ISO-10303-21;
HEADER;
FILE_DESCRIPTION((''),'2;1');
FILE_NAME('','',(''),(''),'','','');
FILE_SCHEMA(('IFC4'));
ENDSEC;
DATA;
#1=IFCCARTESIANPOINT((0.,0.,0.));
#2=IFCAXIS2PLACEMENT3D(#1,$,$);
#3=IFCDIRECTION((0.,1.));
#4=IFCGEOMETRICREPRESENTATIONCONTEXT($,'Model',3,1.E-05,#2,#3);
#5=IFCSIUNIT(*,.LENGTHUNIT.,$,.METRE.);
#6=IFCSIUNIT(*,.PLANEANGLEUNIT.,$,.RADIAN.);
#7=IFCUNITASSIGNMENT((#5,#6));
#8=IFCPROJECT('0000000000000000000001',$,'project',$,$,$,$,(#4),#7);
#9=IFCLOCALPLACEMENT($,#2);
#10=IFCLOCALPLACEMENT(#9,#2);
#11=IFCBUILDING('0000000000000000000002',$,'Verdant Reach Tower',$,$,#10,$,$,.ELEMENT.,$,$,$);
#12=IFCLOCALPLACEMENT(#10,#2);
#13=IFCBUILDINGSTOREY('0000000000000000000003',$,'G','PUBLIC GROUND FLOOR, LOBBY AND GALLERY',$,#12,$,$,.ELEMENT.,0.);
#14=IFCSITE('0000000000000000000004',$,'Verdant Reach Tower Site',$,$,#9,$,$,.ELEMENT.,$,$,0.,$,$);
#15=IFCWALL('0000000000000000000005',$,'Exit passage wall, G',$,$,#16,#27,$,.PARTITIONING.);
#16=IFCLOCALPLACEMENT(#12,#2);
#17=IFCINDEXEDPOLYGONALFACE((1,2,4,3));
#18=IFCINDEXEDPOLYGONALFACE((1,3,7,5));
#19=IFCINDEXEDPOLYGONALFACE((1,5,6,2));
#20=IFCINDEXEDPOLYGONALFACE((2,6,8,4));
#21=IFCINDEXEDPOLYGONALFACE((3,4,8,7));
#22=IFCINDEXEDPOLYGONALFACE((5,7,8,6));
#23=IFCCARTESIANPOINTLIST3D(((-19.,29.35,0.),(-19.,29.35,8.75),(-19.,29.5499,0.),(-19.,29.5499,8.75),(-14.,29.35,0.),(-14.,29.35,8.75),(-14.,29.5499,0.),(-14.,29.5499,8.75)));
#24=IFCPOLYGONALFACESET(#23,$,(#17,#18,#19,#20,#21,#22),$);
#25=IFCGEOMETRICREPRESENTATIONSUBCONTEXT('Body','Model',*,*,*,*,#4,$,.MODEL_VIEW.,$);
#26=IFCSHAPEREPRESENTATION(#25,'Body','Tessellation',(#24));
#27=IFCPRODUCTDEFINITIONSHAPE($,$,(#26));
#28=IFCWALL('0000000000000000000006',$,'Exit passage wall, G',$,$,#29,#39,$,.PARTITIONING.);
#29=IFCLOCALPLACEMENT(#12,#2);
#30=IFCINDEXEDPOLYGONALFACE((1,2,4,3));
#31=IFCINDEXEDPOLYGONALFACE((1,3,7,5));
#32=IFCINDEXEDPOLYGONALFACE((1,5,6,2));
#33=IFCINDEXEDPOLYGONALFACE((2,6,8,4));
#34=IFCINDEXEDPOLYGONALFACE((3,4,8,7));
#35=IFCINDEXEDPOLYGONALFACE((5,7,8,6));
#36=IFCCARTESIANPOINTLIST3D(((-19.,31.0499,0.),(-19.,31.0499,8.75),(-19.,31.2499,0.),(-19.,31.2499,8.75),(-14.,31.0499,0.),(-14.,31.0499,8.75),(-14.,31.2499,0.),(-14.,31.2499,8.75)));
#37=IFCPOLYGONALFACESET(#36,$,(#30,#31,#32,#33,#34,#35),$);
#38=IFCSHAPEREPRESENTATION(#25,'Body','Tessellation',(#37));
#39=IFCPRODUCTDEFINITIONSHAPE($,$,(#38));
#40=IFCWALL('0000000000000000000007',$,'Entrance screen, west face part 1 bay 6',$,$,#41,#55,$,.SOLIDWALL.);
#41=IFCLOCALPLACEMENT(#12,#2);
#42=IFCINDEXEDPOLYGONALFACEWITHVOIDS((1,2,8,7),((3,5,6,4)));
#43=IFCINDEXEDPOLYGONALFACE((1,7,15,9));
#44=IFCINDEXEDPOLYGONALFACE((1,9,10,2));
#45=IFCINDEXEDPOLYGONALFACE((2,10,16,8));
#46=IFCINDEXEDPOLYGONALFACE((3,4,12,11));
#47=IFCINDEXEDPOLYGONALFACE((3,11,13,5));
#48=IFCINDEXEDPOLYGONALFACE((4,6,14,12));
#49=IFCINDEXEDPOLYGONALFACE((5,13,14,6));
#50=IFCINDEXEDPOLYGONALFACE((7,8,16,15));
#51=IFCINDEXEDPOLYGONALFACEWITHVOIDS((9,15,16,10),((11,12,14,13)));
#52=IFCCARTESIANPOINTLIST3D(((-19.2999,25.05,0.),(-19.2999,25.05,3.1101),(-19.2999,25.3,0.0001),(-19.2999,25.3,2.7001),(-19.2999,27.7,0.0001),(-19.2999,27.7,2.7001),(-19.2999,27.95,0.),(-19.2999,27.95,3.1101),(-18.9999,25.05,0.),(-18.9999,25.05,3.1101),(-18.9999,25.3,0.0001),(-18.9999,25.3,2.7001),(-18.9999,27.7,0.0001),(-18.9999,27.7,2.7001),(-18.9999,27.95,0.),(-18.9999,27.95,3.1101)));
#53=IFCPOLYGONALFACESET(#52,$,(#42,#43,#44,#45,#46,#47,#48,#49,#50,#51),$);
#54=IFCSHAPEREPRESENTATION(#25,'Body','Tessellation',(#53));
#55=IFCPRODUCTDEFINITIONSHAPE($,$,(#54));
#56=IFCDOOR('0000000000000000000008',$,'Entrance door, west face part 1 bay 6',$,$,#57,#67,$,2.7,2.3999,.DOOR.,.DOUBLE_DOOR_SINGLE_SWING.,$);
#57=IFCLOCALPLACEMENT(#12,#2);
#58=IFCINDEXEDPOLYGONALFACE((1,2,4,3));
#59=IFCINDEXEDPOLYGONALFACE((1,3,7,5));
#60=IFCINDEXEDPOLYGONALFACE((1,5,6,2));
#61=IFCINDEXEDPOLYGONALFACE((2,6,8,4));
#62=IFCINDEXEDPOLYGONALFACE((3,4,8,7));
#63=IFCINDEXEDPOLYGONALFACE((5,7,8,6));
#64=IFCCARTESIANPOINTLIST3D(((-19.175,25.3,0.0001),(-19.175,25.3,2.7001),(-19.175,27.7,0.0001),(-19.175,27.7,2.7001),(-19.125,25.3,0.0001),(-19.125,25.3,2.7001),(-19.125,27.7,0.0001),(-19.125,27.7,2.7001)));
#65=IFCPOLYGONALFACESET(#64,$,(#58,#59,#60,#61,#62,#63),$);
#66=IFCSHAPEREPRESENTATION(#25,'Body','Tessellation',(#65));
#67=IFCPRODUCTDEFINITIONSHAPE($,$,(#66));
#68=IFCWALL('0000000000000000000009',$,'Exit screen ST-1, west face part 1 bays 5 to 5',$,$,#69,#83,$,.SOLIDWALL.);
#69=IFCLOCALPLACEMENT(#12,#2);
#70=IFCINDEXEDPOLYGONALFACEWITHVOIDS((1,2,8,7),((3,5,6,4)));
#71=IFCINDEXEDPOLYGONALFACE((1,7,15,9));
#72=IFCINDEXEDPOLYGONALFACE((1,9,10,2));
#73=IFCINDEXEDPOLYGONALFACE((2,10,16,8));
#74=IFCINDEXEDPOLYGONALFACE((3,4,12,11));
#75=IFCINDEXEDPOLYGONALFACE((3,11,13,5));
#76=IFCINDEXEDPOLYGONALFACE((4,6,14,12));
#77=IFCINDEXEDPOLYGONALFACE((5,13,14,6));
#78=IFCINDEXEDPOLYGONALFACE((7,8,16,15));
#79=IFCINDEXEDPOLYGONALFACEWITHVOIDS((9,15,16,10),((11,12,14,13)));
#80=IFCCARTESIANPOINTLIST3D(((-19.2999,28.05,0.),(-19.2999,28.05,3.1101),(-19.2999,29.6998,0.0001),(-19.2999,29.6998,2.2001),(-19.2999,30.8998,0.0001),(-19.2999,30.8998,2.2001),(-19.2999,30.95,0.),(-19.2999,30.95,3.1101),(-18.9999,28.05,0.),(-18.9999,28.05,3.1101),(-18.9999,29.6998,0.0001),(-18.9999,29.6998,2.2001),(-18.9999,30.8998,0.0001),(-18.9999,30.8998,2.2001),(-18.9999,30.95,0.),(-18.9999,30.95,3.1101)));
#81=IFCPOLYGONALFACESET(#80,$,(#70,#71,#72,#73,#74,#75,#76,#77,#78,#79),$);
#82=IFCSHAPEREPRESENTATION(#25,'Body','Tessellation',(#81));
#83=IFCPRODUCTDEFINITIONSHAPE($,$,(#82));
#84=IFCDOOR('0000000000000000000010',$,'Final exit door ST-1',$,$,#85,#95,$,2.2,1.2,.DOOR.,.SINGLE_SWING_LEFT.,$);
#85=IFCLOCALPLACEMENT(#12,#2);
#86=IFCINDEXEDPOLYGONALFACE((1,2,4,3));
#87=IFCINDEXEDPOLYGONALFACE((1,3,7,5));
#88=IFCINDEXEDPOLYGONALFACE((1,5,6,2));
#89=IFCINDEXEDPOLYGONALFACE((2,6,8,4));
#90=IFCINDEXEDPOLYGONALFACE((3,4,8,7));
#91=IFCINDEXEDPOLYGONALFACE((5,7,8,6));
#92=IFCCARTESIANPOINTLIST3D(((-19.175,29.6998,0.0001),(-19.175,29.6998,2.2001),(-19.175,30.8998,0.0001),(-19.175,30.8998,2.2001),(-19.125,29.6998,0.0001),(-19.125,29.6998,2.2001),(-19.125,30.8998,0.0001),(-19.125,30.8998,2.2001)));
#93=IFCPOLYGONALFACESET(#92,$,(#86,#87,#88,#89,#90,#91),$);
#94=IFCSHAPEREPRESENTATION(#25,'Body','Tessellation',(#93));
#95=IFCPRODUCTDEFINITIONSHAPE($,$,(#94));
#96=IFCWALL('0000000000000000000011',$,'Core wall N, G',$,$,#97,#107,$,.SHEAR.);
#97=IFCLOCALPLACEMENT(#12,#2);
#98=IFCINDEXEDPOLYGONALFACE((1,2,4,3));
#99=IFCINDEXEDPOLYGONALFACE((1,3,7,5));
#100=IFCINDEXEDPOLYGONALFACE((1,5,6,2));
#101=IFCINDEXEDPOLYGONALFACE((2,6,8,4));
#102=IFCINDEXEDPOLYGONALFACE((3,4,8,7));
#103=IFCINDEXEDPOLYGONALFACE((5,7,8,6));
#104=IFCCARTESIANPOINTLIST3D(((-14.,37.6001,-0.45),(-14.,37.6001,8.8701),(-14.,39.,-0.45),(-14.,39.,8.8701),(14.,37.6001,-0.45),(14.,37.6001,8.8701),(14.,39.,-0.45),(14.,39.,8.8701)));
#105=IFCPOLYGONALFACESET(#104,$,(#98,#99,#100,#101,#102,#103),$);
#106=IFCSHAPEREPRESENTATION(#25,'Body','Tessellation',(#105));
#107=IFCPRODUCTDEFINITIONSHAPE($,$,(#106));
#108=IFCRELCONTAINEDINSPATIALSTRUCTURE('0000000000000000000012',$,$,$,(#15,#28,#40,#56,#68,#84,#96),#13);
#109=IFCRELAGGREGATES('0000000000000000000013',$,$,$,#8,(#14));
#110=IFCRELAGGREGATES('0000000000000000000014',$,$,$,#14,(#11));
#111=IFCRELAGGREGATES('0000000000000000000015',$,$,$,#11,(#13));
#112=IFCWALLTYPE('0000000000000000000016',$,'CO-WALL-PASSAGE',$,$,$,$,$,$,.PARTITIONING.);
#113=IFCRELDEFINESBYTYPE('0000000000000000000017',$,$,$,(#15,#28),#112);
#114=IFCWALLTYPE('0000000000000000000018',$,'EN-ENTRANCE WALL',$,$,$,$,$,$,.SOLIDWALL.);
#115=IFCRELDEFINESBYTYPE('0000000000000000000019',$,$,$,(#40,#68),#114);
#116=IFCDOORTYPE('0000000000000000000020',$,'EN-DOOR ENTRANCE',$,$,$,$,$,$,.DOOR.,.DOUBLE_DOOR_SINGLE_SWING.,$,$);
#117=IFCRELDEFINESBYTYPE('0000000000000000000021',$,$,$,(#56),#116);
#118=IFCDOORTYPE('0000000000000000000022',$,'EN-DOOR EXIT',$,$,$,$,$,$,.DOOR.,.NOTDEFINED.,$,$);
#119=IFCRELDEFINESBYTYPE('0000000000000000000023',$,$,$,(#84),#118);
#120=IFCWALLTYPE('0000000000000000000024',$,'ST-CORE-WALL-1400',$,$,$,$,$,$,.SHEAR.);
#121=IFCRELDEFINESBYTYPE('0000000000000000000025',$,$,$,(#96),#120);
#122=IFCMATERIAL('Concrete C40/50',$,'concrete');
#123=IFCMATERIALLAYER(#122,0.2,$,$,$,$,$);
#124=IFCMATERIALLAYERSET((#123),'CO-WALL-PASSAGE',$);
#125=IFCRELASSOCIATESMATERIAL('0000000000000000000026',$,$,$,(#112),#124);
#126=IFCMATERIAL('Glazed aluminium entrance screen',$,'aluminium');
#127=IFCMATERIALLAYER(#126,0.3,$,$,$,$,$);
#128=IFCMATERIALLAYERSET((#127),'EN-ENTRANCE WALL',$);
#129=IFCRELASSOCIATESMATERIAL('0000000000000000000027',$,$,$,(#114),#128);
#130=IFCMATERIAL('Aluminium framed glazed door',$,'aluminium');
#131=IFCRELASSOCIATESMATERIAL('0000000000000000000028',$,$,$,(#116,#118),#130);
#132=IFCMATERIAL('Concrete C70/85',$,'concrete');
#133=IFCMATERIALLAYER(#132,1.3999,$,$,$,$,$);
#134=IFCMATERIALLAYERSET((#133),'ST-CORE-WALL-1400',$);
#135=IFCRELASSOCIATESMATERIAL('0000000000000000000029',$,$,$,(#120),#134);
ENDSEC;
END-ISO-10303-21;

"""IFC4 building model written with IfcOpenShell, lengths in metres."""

from ifc_helpers import new_model, si_unit, direction, frame, frame_2d, origin, place, context, subcontext, project, spatial, rectangle, extrude, material, layer, layer_set, type_object, element, fill, save


model = new_model("IFC4")

# Units and contexts
model_context = context("Model", 3, precision=1e-05, world=origin(), true_north=direction((0.0, 1.0)))
body_context = subcontext(model_context, "Body", "Model", "MODEL_VIEW")
ifc_project = project(units=[si_unit("LENGTHUNIT", "METRE"), si_unit("PLANEANGLEUNIT", "RADIAN")], contexts=[model_context])

# Site, building, storey
site_placement = place(None, origin())
site = spatial("IfcSite", under=ifc_project, at=site_placement, Name="Verdant Reach Tower Site", CompositionType="ELEMENT", RefElevation=0.0)
building_placement = place(site_placement, origin())
building = spatial("IfcBuilding", under=site, at=building_placement, Name="Verdant Reach Tower", CompositionType="ELEMENT")
storey_placement = place(building_placement, origin())
storey = spatial("IfcBuildingStorey", under=building, at=storey_placement, Name="G", Description="PUBLIC GROUND FLOOR, LOBBY AND GALLERY", CompositionType="ELEMENT", Elevation=0.0)

# Walls
ifc_material_1 = material(Name="Concrete C40/50", Category="concrete")
ifc_layer_1 = layer(ifc_material_1, 0.2)
ifc_layer_set_1 = layer_set([ifc_layer_1], Name="CO-WALL-PASSAGE")
wall_type_1 = type_object("IfcWallType", Name="CO-WALL-PASSAGE", PredefinedType="PARTITIONING", material=ifc_layer_set_1)
for number, where, z_axis, x_axis, name in (
    (1, (-14.0, 29.45, 0.0), (0.0, 0.0, 1.0), (-1.0, 0.0, 0.0), "Exit passage wall, G"),
    (2, (-14.0, 31.1499, 0.0), (0.0, 0.0, 1.0), (-1.0, 0.0, 0.0), "Exit passage wall, G"),
):
    element("IfcWall", number, at=place(storey_placement, frame(where, z_axis=z_axis, x_axis=x_axis)), inside=storey, type_object=wall_type_1, Name=name, PredefinedType="PARTITIONING", context=body_context, shape_type="SweptSolid", body=[
        extrude(rectangle(XDim=5.0, YDim=0.2, at=frame_2d((2.5, 0.0))), origin(), (0.0, 0.0, 1.0), 8.75),
    ])

# Walls, openings, doors
ifc_material_2 = material(Name="Glazed aluminium entrance screen", Category="aluminium")
ifc_layer_2 = layer(ifc_material_2, 0.3)
ifc_layer_set_2 = layer_set([ifc_layer_2], Name="EN-ENTRANCE WALL")
wall_type_2 = type_object("IfcWallType", Name="EN-ENTRANCE WALL", PredefinedType="SOLIDWALL", material=ifc_layer_set_2)
wall_1_placement = place(storey_placement, frame((-19.1499, 27.95, 0.0), z_axis=(0.0, 0.0, 1.0), x_axis=(0.0, -1.0, 0.0)))
wall_1 = element("IfcWall", 3, at=wall_1_placement, inside=storey, type_object=wall_type_2, Name="Entrance screen, west face part 1 bay 6", PredefinedType="SOLIDWALL", context=body_context, shape_type="SweptSolid", body=[
    extrude(rectangle(XDim=2.8999, YDim=0.3, at=frame_2d((1.45, 0.0))), origin(), (0.0, 0.0, 1.0), 3.1101),
])
opening_1_placement = place(wall_1_placement, frame((0.25, 0.0, 0.0)))
opening_1 = element("IfcOpeningElement", 4, at=opening_1_placement, cuts=wall_1, PredefinedType="OPENING", context=body_context, shape_type="SweptSolid", body=[
    extrude(rectangle(XDim=2.3999, YDim=2.7, at=frame_2d((1.2, 1.3501))), frame((0.0, 0.1599, 0.0), z_axis=(0.0, -1.0, 0.0), x_axis=(1.0, 0.0, 0.0)), (0.0, 0.0, 1.0), 0.3201),
])
ifc_material_3 = material(Name="Aluminium framed glazed door", Category="aluminium")
door_type_1 = type_object("IfcDoorType", Name="EN-DOOR ENTRANCE", OperationType="DOUBLE_DOOR_SINGLE_SWING", PredefinedType="DOOR", material=ifc_material_3)
door_1_placement = place(opening_1_placement, origin())
door_1 = element("IfcDoor", 5, at=door_1_placement, inside=storey, type_object=door_type_1, Name="Entrance door, west face part 1 bay 6", OperationType="DOUBLE_DOOR_SINGLE_SWING", OverallHeight=2.7, OverallWidth=2.3999, PredefinedType="DOOR", context=body_context, shape_type="SweptSolid", body=[
    extrude(rectangle(XDim=2.3999, YDim=2.7, at=frame_2d((1.2, 1.3501))), frame((0.0, 0.0249, 0.0), z_axis=(0.0, -1.0, 0.0), x_axis=(1.0, 0.0, 0.0)), (0.0, 0.0, 1.0), 0.05),
])
fill(opening_1, door_1)
wall_2_placement = place(storey_placement, frame((-19.1499, 30.95, 0.0), z_axis=(0.0, 0.0, 1.0), x_axis=(0.0, -1.0, 0.0)))
wall_2 = element("IfcWall", 6, at=wall_2_placement, inside=storey, type_object=wall_type_2, Name="Exit screen ST-1, west face part 1 bays 5 to 5", PredefinedType="SOLIDWALL", context=body_context, shape_type="SweptSolid", body=[
    extrude(rectangle(XDim=2.8999, YDim=0.3, at=frame_2d((1.45, 0.0))), origin(), (0.0, 0.0, 1.0), 3.1101),
])
opening_2_placement = place(wall_2_placement, frame((0.05, 0.0, 0.0)))
opening_2 = element("IfcOpeningElement", 7, at=opening_2_placement, cuts=wall_2, PredefinedType="OPENING", context=body_context, shape_type="SweptSolid", body=[
    extrude(rectangle(XDim=1.2, YDim=2.2, at=frame_2d((0.6001, 1.1001))), frame((0.0, 0.1599, 0.0), z_axis=(0.0, -1.0, 0.0), x_axis=(1.0, 0.0, 0.0)), (0.0, 0.0, 1.0), 0.3201),
])
door_type_2 = type_object("IfcDoorType", Name="EN-DOOR EXIT", OperationType="NOTDEFINED", PredefinedType="DOOR", material=ifc_material_3)
door_2_placement = place(opening_2_placement, origin())
door_2 = element("IfcDoor", 8, at=door_2_placement, inside=storey, type_object=door_type_2, Name="Final exit door ST-1", OperationType="SINGLE_SWING_LEFT", OverallHeight=2.2, OverallWidth=1.2, PredefinedType="DOOR", context=body_context, shape_type="SweptSolid", body=[
    extrude(rectangle(XDim=1.2, YDim=2.2, at=frame_2d((0.6001, 1.1001))), frame((0.0, 0.0249, 0.0), z_axis=(0.0, -1.0, 0.0), x_axis=(1.0, 0.0, 0.0)), (0.0, 0.0, 1.0), 0.05),
])
fill(opening_2, door_2)

# Wall
ifc_material_4 = material(Name="Concrete C70/85", Category="concrete")
ifc_layer_3 = layer(ifc_material_4, 1.3999)
ifc_layer_set_3 = layer_set([ifc_layer_3], Name="ST-CORE-WALL-1400")
wall_type_3 = type_object("IfcWallType", Name="ST-CORE-WALL-1400", PredefinedType="SHEAR", material=ifc_layer_set_3)
wall_3_placement = place(storey_placement, frame((-14.0, 38.3, -0.45), z_axis=(0.0, 0.0, 1.0), x_axis=(1.0, 0.0, 0.0)))
element("IfcWall", 9, at=wall_3_placement, inside=storey, type_object=wall_type_3, Name="Core wall N, G", PredefinedType="SHEAR", context=body_context, shape_type="SweptSolid", body=[
    extrude(rectangle(XDim=28.0, YDim=1.3999, at=frame_2d((14.0, 0.0))), origin(), (0.0, 0.0, 1.0), 9.3201),
])

save(model, "model.ifc")
